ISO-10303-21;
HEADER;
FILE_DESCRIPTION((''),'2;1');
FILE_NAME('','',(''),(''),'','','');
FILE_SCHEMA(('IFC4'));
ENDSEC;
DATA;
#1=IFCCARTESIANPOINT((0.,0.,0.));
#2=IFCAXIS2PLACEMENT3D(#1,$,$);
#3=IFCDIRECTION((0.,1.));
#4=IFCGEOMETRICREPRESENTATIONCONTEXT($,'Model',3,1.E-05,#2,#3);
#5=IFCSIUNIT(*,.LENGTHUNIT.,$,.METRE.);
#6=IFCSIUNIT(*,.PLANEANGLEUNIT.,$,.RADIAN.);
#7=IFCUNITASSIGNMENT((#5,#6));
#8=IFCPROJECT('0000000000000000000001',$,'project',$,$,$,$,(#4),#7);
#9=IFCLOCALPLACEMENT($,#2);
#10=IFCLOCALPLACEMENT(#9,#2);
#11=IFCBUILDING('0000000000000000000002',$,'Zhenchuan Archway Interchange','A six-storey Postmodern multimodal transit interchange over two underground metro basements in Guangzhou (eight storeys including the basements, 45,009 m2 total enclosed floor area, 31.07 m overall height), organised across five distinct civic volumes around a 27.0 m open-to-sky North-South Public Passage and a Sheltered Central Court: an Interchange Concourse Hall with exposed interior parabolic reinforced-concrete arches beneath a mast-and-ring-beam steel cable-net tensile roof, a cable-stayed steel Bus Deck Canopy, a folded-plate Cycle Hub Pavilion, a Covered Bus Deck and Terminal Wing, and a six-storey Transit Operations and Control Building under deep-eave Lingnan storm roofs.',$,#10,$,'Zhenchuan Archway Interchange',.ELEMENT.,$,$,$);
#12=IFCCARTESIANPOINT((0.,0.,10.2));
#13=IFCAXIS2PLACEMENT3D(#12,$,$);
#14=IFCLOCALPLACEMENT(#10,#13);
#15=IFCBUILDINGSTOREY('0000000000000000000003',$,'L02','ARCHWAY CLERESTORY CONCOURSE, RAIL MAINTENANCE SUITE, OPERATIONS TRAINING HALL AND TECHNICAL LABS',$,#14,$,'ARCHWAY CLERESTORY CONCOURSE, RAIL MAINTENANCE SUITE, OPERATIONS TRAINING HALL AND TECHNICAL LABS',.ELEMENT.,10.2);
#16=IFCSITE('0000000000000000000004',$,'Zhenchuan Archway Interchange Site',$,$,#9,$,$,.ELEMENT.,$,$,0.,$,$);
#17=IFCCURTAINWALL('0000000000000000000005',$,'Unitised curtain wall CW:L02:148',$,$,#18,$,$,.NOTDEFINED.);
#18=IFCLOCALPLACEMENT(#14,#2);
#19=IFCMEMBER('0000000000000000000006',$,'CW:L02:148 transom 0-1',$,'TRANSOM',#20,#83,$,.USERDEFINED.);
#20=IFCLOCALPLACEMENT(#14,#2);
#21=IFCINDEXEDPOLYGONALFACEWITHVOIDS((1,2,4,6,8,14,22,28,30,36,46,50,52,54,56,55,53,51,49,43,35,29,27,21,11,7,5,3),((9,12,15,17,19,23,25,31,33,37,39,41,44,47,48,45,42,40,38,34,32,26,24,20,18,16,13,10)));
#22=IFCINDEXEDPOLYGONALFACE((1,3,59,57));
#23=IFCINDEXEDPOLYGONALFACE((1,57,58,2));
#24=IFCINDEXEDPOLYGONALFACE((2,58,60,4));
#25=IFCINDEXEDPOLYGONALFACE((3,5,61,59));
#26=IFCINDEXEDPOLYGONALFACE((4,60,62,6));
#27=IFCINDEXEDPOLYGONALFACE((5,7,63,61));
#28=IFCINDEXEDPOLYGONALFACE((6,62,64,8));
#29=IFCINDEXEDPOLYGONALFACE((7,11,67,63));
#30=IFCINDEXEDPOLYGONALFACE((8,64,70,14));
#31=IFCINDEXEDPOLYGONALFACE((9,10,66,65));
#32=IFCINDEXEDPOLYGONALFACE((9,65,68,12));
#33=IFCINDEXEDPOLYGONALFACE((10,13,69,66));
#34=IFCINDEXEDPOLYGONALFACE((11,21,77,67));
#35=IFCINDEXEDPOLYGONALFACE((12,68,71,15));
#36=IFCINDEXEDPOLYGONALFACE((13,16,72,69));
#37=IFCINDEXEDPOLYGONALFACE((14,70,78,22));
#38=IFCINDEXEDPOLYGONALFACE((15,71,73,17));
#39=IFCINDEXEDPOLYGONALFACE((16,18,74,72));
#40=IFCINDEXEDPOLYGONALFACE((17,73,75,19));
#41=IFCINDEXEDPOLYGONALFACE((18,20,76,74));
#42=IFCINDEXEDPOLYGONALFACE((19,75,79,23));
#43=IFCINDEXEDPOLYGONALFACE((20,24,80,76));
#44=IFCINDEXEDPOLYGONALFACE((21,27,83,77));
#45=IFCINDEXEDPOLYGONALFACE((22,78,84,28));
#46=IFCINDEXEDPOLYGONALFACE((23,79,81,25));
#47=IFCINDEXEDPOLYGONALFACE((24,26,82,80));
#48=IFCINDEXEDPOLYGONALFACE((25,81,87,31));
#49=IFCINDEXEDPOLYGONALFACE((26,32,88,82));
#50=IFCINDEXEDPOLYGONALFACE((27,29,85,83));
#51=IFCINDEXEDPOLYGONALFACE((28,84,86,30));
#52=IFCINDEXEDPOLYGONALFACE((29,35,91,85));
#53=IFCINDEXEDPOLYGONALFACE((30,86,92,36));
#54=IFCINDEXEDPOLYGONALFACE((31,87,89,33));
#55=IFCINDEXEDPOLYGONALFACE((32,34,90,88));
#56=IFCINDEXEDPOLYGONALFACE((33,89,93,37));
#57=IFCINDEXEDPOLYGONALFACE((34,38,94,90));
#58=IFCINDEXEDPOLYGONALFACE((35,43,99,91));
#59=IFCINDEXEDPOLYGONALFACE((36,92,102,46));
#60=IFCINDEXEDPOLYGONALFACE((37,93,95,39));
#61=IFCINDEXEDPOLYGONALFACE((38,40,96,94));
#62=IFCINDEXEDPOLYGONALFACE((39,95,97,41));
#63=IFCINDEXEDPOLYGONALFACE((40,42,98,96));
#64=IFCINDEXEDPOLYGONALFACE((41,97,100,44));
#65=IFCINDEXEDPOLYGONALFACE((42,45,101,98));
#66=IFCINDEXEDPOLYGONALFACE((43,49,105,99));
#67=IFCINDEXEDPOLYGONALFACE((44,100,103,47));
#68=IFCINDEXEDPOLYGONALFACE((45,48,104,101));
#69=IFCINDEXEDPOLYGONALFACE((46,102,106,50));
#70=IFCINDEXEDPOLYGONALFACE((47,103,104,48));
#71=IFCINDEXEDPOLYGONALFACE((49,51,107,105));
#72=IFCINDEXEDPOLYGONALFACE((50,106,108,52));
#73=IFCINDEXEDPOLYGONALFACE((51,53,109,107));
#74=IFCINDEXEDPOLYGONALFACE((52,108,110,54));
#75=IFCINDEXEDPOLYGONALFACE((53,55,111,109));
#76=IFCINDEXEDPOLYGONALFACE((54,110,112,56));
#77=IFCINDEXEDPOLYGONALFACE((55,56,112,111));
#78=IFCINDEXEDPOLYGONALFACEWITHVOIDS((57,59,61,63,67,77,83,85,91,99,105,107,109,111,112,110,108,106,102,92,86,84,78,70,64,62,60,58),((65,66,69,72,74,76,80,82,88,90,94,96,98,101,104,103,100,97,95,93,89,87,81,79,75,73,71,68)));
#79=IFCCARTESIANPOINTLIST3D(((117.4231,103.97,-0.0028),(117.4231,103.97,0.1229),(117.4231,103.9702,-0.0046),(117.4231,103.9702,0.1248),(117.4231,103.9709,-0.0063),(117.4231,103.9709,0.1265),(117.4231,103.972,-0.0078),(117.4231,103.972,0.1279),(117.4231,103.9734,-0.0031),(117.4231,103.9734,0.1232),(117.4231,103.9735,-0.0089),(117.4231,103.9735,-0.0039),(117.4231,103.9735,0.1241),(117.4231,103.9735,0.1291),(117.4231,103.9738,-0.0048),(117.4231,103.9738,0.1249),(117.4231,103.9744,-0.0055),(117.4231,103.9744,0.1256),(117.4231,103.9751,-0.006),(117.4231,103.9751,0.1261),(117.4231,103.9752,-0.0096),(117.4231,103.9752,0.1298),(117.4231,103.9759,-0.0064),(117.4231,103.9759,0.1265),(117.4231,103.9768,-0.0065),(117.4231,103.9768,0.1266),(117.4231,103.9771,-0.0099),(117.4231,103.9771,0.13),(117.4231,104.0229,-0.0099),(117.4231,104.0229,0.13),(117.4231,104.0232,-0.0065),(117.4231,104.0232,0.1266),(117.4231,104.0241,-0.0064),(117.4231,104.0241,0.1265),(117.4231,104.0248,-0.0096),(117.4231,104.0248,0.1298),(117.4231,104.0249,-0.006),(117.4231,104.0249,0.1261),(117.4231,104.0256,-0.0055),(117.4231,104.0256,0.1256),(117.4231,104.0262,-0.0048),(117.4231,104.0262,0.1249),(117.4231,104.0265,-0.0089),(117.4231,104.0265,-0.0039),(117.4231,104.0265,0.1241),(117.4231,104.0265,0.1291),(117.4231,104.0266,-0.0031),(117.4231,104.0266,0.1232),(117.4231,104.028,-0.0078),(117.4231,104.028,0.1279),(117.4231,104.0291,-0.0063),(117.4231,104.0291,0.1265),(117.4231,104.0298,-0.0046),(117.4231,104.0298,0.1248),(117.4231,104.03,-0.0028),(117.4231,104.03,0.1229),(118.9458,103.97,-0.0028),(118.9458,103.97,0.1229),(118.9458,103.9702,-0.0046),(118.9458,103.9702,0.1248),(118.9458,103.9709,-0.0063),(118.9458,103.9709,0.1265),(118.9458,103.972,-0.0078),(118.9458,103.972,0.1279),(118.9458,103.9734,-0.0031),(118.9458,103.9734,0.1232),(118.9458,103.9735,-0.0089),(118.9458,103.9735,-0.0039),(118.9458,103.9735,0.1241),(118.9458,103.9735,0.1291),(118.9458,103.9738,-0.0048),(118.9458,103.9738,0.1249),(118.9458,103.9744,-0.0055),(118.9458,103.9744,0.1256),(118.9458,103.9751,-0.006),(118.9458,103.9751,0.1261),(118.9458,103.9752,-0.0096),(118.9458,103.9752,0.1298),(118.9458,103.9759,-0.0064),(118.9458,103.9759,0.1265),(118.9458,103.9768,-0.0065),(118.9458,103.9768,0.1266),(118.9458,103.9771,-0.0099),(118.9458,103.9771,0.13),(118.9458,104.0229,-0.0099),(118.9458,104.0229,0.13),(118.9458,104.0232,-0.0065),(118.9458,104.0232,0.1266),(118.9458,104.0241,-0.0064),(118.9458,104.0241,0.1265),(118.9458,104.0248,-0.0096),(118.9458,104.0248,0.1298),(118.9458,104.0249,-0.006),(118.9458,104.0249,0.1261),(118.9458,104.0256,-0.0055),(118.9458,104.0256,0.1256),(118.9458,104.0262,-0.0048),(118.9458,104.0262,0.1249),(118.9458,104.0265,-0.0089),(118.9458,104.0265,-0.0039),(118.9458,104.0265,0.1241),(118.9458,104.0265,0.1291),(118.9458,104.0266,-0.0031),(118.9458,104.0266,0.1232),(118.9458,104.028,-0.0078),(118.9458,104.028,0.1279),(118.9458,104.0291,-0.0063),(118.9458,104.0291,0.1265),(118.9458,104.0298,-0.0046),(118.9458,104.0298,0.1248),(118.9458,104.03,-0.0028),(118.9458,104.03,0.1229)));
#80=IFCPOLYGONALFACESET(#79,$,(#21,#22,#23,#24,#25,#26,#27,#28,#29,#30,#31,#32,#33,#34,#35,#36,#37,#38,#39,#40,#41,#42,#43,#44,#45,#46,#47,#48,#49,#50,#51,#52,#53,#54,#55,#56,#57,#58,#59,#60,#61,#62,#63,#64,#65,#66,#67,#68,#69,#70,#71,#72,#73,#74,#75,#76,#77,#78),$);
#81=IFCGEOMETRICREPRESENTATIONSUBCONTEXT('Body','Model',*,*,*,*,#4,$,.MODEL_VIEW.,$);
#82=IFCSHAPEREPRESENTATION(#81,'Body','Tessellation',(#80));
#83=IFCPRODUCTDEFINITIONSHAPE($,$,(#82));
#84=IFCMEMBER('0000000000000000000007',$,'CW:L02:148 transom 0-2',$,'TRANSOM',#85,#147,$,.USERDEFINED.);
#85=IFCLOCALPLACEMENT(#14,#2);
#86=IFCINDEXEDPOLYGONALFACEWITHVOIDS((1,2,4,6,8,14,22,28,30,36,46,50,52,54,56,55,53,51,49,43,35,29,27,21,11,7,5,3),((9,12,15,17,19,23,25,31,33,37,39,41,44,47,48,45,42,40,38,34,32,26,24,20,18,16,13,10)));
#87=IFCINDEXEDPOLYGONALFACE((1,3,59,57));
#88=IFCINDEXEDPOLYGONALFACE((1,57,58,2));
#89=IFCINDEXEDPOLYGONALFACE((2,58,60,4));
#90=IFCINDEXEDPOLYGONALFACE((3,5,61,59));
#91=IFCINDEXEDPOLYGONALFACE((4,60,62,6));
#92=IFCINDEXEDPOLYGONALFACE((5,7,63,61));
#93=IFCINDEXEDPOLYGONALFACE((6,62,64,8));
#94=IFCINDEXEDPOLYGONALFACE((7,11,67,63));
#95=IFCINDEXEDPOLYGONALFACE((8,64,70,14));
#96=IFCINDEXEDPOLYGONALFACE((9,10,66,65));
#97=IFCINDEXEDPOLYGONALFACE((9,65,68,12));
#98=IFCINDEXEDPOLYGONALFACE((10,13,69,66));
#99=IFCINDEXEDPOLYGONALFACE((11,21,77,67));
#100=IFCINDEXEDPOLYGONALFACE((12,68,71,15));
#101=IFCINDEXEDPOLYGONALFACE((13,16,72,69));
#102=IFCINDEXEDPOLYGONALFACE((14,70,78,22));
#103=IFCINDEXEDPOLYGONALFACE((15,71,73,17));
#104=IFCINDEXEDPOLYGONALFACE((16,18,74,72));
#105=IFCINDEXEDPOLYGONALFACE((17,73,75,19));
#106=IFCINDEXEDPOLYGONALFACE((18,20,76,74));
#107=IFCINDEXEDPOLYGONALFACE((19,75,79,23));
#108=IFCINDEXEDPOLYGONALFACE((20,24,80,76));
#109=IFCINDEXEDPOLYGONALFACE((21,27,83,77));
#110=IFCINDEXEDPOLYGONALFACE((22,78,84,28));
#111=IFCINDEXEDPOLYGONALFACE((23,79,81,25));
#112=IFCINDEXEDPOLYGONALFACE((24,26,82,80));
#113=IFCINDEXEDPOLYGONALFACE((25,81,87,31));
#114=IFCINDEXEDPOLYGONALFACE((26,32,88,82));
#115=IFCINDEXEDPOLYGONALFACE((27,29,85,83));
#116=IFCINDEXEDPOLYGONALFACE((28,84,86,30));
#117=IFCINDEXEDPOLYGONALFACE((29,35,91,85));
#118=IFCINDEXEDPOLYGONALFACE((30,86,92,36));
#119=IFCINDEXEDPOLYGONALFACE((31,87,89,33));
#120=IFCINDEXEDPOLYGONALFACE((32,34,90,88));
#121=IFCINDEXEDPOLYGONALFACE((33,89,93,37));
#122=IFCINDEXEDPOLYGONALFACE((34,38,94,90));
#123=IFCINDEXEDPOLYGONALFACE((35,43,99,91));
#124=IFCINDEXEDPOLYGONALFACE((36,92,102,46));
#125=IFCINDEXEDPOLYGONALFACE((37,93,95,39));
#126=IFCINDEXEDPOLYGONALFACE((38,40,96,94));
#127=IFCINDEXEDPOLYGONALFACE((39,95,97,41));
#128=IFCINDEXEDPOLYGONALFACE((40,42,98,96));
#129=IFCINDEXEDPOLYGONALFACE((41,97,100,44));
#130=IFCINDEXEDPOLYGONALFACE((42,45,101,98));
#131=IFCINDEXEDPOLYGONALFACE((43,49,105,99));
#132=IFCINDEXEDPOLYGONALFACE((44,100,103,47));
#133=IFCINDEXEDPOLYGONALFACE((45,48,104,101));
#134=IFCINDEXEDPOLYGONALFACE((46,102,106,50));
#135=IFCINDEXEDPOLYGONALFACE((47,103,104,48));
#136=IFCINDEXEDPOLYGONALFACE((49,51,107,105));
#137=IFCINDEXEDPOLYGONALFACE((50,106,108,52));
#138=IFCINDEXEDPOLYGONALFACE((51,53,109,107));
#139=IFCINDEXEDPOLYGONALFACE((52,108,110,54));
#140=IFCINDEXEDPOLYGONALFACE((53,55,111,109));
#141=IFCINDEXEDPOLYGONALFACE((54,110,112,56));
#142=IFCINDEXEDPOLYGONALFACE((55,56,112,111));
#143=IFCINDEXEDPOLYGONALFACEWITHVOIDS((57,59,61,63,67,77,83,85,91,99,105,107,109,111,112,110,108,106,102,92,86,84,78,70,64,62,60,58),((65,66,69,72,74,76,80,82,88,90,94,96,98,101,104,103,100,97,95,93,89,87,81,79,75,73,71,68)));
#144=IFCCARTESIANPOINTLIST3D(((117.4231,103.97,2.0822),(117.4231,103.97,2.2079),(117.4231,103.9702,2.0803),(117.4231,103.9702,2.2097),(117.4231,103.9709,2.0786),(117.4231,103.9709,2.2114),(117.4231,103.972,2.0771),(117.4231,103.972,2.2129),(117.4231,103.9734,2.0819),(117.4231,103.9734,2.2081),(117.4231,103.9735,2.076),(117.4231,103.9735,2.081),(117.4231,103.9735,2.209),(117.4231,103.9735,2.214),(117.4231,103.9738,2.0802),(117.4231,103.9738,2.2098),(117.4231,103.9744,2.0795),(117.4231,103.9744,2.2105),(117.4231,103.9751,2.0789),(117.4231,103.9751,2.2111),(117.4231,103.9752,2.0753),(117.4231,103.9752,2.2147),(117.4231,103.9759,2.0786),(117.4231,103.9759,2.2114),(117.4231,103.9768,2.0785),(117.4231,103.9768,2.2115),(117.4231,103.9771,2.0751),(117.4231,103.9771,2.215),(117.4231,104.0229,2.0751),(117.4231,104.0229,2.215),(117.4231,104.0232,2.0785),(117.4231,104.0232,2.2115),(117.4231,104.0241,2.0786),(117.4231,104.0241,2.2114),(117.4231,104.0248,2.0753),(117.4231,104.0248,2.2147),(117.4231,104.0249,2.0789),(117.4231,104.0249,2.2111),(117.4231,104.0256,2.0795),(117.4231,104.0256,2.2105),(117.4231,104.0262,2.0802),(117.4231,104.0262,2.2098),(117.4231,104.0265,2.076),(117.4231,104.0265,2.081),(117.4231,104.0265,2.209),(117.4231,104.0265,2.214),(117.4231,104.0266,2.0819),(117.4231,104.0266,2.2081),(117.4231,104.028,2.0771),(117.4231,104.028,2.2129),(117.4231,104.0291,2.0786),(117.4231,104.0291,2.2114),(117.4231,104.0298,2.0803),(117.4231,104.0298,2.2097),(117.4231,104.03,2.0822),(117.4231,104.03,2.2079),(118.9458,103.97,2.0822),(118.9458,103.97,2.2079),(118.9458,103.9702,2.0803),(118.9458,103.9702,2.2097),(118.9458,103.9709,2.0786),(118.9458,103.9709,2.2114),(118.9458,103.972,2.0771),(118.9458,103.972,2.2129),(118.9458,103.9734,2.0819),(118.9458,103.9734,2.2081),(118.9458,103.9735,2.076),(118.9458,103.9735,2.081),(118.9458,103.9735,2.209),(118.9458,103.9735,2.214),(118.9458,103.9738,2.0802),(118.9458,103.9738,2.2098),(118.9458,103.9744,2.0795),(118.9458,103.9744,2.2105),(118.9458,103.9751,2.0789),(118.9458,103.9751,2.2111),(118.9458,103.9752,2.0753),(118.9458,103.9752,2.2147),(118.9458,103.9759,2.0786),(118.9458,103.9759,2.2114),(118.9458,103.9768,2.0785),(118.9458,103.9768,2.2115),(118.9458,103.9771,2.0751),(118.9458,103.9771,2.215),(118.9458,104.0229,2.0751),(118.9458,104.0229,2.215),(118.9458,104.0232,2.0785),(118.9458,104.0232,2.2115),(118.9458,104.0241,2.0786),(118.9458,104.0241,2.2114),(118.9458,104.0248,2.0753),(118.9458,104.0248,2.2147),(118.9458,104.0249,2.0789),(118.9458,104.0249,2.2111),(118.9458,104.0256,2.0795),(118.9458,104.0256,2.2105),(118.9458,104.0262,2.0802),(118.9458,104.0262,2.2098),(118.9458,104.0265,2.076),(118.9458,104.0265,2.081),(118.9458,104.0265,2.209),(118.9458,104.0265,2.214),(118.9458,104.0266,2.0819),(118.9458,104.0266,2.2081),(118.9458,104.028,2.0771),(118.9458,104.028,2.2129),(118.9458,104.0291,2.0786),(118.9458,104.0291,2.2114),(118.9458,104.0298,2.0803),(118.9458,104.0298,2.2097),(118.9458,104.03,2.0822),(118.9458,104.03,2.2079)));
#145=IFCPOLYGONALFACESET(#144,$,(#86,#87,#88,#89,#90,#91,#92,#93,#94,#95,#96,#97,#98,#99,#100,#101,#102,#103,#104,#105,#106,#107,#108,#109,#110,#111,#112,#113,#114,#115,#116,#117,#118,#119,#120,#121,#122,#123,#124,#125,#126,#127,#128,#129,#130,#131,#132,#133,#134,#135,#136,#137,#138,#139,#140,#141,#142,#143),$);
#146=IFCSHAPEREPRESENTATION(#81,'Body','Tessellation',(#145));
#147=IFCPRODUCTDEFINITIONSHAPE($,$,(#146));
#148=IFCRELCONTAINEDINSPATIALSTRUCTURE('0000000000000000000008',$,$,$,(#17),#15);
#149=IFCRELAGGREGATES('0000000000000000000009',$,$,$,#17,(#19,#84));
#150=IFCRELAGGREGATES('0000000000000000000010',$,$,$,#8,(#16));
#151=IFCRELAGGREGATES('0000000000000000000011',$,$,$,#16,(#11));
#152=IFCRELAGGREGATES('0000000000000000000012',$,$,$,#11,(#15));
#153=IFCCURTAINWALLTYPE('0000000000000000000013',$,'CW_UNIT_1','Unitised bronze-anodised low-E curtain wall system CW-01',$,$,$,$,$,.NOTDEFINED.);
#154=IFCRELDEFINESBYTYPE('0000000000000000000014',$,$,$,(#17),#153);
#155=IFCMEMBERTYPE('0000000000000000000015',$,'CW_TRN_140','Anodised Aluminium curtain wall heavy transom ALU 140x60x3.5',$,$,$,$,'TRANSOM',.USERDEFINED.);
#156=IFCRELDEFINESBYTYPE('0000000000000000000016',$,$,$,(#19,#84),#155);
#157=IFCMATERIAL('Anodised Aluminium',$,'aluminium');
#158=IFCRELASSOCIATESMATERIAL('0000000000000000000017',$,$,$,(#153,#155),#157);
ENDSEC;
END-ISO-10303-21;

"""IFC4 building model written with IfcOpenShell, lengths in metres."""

from ifc_helpers import new_model, si_unit, direction, frame, origin, origin_2d, place, context, subcontext, project, spatial, hollow_rectangle, extrude, material, material_profile, profile_set, type_object, element, aggregate, save


model = new_model("IFC4")

# Units and contexts
model_context = context("Model", 3, precision=1e-05, world=origin(), true_north=direction((0.0, 1.0)))
body_context = subcontext(model_context, "Body", "Model", "MODEL_VIEW")
ifc_project = project(units=[si_unit("LENGTHUNIT", "METRE"), si_unit("PLANEANGLEUNIT", "RADIAN")], contexts=[model_context])

# Site, building, storey
site_placement = place(None, origin())
site = spatial("IfcSite", under=ifc_project, at=site_placement, Name="Zhenchuan Archway Interchange Site", CompositionType="ELEMENT", RefElevation=0.0)
building_placement = place(site_placement, origin())
building = spatial("IfcBuilding", under=site, at=building_placement, Name="Zhenchuan Archway Interchange", Description="A six-storey Postmodern multimodal transit interchange over two underground metro basements in Guangzhou (eight storeys including the basements, 45,009 m2 total enclosed floor area, 31.07 m overall height), organised across five distinct civic volumes around a 27.0 m open-to-sky North-South Public Passage and a Sheltered Central Court: an Interchange Concourse Hall with exposed interior parabolic reinforced-concrete arches beneath a mast-and-ring-beam steel cable-net tensile roof, a cable-stayed steel Bus Deck Canopy, a folded-plate Cycle Hub Pavilion, a Covered Bus Deck and Terminal Wing, and a six-storey Transit Operations and Control Building under deep-eave Lingnan storm roofs.", LongName="Zhenchuan Archway Interchange", CompositionType="ELEMENT")
storey_placement = place(building_placement, frame((0.0, 0.0, 10.2)))
storey = spatial("IfcBuildingStorey", under=building, at=storey_placement, Name="L02", Description="ARCHWAY CLERESTORY CONCOURSE, RAIL MAINTENANCE SUITE, OPERATIONS TRAINING HALL AND TECHNICAL LABS", LongName="ARCHWAY CLERESTORY CONCOURSE, RAIL MAINTENANCE SUITE, OPERATIONS TRAINING HALL AND TECHNICAL LABS", CompositionType="ELEMENT", Elevation=10.2)

# Curtain wall, members
ifc_material_1 = material(Name="Anodised Aluminium", Category="aluminium")
curtain_wall_type = type_object("IfcCurtainWallType", Name="CW_UNIT_1", Description="Unitised bronze-anodised low-E curtain wall system CW-01", PredefinedType="NOTDEFINED", material=ifc_material_1)
curtain_wall_placement = place(storey_placement, origin())
curtain_wall = element("IfcCurtainWall", 1, at=curtain_wall_placement, inside=storey, type_object=curtain_wall_type, Name="Unitised curtain wall CW:L02:148", PredefinedType="NOTDEFINED")
ifc_material_profile_1 = material_profile(ifc_material_1, hollow_rectangle(XDim=0.0601, YDim=0.1399, WallThickness=0.0034, InnerFilletRadius=0.0034, OuterFilletRadius=0.0071, at=origin_2d()), Name="ALU 140x60x3.5")
ifc_profile_set_1 = profile_set([ifc_material_profile_1], Name="Anodised Aluminium")
member_type_1 = type_object("IfcMemberType", Name="CW_TRN_140", Description="Anodised Aluminium curtain wall heavy transom ALU 140x60x3.5", ElementType="TRANSOM", PredefinedType="USERDEFINED", material=ifc_profile_set_1)
member_1_placement = place(storey_placement, frame((117.4231, 104.0, 0.0601), z_axis=(1.0, 0.0, 0.0), x_axis=(0.0, 1.0, 0.0)))
member_1 = element("IfcMember", 2, at=member_1_placement, type_object=member_type_1, Name="CW:L02:148 transom 0-1", ObjectType="TRANSOM", PredefinedType="USERDEFINED", context=body_context, shape_type="SweptSolid", body=[
    extrude(hollow_rectangle(XDim=0.0601, YDim=0.1399, WallThickness=0.0034, InnerFilletRadius=0.0034, OuterFilletRadius=0.0071, at=origin_2d()), origin(), (0.0, 0.0, 1.0), 1.5227),
])
member_2_placement = place(storey_placement, frame((117.4231, 104.0, 2.145), z_axis=(1.0, 0.0, 0.0), x_axis=(0.0, 1.0, 0.0)))
member_2 = element("IfcMember", 3, at=member_2_placement, type_object=member_type_1, Name="CW:L02:148 transom 0-2", ObjectType="TRANSOM", PredefinedType="USERDEFINED", context=body_context, shape_type="SweptSolid", body=[
    extrude(hollow_rectangle(XDim=0.0601, YDim=0.1399, WallThickness=0.0034, InnerFilletRadius=0.0034, OuterFilletRadius=0.0071, at=origin_2d()), origin(), (0.0, 0.0, 1.0), 1.5227),
])

aggregate(curtain_wall, [member_1, member_2])

save(model, "model.ifc")
